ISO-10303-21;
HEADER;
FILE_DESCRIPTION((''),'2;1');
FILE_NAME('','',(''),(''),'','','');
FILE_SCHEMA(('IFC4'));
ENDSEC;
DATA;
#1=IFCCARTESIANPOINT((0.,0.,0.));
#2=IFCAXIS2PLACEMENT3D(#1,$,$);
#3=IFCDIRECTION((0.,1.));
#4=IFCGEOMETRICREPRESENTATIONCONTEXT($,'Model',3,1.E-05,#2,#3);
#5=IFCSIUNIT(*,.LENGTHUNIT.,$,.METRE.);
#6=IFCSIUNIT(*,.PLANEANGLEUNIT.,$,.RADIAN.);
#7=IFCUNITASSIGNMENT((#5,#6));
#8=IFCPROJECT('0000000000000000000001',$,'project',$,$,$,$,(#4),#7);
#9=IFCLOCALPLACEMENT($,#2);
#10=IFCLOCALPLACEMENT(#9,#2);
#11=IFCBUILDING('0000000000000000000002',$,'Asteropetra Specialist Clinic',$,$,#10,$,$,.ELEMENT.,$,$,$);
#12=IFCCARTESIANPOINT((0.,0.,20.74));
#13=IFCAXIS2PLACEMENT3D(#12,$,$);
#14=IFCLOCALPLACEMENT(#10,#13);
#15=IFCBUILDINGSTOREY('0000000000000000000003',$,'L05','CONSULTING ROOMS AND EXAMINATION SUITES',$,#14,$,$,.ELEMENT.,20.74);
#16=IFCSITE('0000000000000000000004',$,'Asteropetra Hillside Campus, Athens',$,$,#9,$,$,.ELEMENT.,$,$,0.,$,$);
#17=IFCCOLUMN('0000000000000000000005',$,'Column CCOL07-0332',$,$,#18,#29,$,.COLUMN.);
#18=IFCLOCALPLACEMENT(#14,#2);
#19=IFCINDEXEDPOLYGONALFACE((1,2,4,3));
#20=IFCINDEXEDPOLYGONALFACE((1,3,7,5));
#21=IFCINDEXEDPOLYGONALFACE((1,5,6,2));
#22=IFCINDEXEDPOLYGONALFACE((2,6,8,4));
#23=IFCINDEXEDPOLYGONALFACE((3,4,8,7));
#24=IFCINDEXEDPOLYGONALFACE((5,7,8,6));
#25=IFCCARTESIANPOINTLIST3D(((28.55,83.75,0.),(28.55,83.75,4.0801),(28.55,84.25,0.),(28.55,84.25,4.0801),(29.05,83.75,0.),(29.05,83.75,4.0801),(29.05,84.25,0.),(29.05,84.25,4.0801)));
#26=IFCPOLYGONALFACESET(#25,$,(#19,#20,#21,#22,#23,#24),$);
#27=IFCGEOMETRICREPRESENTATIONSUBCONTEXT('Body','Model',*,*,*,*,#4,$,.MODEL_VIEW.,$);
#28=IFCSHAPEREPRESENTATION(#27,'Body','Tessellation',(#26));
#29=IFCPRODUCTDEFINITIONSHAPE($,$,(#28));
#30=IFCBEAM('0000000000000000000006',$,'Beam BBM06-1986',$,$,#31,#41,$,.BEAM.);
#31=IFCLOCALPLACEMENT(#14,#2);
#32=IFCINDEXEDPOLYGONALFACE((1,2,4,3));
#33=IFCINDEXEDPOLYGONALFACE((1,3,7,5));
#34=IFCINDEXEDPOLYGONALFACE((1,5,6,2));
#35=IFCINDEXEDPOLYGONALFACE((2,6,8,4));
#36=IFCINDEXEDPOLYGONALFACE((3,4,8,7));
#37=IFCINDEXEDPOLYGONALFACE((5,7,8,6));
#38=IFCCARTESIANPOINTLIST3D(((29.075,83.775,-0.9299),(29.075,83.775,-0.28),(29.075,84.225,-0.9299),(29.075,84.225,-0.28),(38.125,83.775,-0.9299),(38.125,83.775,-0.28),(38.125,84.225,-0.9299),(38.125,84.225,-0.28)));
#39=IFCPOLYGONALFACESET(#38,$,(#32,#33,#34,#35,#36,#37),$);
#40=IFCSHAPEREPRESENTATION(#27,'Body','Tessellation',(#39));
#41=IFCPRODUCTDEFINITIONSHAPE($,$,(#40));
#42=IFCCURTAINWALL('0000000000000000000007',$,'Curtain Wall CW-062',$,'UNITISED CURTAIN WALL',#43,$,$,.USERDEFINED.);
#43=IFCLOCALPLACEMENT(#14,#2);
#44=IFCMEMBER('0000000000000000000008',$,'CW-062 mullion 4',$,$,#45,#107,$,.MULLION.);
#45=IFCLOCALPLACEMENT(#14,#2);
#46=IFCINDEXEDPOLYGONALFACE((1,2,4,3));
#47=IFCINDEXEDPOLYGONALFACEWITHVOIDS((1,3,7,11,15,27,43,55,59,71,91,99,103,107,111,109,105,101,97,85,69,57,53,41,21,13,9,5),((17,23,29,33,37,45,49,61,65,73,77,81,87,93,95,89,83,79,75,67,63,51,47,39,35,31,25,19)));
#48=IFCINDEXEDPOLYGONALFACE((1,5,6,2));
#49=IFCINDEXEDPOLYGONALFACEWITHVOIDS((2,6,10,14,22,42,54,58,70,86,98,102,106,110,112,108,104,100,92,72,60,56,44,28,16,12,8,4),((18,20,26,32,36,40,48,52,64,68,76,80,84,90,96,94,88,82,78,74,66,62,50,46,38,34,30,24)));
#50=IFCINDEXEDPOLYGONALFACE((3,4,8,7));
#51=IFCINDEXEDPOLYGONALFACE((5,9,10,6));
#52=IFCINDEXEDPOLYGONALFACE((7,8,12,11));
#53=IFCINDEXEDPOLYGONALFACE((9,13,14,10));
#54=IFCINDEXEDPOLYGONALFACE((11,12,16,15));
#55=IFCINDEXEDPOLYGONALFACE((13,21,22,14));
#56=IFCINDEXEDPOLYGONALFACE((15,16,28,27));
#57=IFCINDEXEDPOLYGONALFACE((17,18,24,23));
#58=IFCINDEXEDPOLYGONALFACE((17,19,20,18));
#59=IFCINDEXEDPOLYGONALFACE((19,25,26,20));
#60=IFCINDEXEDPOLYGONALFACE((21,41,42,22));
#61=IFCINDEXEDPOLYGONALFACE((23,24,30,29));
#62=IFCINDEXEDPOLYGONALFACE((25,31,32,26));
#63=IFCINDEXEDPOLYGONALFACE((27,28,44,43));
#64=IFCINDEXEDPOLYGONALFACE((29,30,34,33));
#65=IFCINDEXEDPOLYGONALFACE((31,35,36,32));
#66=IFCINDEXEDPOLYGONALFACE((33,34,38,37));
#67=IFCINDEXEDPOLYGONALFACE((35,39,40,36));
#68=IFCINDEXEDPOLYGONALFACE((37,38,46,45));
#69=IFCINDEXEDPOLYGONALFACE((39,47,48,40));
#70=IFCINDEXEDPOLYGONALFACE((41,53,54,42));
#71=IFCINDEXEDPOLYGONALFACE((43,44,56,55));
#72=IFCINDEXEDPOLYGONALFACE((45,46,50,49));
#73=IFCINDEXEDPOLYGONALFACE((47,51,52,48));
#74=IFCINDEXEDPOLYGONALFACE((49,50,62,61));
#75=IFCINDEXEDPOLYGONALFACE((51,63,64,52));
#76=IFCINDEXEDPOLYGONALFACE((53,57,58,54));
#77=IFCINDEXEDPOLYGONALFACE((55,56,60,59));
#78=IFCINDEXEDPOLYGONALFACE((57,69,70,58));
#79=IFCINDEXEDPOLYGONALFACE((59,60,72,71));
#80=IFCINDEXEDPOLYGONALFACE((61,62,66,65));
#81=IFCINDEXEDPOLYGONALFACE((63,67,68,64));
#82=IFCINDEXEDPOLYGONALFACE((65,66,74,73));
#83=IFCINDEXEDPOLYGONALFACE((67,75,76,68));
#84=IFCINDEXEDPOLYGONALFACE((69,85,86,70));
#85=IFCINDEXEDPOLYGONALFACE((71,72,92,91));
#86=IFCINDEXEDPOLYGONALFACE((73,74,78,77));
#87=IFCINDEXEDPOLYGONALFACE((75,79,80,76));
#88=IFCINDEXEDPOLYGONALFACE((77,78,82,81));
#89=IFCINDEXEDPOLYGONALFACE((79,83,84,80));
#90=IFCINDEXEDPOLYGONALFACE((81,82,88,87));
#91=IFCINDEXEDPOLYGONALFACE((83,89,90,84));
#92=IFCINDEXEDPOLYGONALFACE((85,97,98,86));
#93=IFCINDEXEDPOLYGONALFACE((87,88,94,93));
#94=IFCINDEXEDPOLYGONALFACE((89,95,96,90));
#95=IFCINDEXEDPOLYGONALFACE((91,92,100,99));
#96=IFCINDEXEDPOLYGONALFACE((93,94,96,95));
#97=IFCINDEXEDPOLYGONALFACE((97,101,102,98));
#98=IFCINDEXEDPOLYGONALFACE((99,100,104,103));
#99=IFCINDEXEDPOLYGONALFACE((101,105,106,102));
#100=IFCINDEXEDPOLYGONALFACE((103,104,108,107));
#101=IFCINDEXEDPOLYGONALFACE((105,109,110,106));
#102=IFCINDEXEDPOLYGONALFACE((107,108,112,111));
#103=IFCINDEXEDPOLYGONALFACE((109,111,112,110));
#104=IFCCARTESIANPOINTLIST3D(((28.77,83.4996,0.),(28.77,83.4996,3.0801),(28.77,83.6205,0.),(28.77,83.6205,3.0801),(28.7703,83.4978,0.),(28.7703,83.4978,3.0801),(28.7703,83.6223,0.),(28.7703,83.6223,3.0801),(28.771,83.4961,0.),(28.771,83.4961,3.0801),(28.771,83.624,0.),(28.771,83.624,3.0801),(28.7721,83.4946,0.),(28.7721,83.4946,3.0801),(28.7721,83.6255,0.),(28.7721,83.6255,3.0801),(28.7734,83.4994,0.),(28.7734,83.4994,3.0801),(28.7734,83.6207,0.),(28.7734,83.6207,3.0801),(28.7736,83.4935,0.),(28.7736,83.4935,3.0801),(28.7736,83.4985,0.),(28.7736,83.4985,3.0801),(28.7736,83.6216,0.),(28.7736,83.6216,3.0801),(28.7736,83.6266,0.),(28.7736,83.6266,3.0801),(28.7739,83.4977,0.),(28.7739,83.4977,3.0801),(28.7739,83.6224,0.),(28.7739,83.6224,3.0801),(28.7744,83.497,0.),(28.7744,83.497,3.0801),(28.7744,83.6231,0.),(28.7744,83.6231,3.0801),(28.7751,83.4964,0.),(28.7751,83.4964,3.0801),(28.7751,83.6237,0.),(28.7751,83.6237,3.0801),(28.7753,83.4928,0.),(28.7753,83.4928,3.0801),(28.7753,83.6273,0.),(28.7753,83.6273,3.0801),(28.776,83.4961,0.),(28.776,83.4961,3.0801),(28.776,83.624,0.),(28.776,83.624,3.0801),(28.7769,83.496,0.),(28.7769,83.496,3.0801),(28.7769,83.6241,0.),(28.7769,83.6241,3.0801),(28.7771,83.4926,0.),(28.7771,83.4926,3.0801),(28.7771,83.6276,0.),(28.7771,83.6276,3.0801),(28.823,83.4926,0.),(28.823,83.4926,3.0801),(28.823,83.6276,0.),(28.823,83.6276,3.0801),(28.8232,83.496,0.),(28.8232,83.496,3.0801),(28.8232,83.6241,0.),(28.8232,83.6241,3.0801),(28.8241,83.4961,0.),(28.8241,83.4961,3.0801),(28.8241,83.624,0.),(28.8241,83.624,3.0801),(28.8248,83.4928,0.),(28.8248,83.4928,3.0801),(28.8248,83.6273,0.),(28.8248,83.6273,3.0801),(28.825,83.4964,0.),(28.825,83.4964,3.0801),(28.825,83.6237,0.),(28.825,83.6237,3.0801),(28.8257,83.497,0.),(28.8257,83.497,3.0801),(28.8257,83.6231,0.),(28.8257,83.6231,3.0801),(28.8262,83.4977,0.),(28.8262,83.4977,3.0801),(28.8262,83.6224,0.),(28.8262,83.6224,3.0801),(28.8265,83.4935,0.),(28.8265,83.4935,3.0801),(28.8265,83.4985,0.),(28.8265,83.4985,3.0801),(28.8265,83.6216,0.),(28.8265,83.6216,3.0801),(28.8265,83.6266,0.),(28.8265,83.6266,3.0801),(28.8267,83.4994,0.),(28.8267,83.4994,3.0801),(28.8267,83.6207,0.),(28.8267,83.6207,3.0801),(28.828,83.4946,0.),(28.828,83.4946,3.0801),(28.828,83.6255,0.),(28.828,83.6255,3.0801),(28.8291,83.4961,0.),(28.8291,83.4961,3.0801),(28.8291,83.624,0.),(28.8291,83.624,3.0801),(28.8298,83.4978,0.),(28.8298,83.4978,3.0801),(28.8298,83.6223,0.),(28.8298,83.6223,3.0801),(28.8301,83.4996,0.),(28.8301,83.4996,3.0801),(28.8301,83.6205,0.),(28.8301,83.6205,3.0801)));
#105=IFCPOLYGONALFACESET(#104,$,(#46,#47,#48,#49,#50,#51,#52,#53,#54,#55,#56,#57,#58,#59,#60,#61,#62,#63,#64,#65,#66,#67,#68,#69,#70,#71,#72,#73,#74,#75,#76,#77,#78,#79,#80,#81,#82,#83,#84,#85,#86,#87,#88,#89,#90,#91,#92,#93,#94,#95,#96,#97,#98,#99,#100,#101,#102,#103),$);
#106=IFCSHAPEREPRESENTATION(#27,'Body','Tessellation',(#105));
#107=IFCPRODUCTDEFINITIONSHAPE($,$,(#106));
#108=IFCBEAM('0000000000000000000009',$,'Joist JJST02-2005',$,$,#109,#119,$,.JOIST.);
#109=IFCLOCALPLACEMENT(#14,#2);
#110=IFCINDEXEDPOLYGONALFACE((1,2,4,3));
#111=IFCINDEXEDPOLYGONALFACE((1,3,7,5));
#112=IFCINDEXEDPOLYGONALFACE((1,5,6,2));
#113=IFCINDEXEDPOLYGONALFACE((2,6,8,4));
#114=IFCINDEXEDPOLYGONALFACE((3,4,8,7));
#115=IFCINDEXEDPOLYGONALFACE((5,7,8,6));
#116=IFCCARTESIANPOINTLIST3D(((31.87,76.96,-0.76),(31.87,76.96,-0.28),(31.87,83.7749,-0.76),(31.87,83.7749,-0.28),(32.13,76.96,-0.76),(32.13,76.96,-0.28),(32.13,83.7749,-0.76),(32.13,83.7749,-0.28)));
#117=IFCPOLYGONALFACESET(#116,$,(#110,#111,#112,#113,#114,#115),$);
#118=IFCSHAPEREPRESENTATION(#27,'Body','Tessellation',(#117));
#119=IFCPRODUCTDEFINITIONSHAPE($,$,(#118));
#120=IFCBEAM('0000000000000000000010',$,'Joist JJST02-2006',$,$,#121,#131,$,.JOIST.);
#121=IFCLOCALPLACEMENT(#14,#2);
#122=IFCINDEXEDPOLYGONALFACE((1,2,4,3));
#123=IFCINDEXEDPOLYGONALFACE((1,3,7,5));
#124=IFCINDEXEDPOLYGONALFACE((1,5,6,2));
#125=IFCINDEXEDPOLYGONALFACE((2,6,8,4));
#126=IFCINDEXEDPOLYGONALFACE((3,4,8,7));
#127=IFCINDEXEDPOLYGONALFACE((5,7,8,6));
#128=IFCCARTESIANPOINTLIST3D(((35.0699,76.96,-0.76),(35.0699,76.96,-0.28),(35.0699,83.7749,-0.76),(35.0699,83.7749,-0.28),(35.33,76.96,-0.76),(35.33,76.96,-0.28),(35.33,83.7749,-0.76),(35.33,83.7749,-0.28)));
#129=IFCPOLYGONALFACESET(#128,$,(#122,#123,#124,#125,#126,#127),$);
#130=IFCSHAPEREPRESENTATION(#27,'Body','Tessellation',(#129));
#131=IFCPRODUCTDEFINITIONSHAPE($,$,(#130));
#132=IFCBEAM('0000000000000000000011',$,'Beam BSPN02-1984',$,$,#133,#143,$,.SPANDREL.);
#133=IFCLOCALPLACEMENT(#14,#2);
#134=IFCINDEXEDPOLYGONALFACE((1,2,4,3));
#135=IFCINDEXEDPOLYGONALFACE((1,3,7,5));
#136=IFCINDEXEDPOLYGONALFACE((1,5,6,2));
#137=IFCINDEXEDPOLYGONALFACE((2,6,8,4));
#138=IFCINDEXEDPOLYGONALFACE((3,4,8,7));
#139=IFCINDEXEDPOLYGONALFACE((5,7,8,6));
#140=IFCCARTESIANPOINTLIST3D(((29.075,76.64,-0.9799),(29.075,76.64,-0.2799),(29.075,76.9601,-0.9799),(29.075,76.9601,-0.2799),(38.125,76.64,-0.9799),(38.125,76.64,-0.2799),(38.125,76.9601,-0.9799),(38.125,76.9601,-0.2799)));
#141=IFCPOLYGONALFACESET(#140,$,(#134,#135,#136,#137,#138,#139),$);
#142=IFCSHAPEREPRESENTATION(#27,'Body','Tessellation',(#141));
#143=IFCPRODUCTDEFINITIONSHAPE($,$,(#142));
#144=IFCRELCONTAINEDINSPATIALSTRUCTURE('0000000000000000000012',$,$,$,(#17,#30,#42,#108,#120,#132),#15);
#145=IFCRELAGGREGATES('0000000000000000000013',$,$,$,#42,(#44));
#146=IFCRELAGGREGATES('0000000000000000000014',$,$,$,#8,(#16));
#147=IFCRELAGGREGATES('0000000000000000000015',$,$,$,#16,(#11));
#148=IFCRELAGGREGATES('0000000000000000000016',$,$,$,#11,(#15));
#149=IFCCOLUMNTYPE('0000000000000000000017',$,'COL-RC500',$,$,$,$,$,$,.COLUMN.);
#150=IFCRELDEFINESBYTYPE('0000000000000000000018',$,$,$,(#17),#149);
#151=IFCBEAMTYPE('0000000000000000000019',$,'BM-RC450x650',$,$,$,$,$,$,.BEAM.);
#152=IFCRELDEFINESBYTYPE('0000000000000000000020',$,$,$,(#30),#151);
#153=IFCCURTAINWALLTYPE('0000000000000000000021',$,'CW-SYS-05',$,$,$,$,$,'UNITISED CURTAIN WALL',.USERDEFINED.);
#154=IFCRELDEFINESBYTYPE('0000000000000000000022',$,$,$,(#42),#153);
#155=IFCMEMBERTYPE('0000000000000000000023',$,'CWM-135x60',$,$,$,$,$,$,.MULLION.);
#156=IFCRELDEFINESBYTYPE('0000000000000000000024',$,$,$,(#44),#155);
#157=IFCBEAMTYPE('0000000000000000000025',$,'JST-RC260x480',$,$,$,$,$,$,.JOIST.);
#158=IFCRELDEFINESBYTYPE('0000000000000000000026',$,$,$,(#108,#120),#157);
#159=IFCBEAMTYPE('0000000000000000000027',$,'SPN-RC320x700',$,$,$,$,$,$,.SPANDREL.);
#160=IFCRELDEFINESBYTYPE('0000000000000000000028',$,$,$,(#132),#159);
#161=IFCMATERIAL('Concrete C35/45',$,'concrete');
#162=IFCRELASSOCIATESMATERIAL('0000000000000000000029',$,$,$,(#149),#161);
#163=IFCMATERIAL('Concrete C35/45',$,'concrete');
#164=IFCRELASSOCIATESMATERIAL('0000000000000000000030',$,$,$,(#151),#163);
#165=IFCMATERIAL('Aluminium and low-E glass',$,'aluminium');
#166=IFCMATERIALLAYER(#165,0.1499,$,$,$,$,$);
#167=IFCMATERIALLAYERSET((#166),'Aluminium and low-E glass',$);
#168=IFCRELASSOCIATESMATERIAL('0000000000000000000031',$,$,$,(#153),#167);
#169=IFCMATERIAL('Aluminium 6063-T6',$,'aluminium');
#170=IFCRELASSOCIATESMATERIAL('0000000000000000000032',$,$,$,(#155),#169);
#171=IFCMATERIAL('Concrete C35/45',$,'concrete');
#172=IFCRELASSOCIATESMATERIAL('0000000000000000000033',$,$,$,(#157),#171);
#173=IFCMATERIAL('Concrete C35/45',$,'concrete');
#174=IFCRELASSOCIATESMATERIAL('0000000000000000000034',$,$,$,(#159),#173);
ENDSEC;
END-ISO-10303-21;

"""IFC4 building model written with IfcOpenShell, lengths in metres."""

from ifc_helpers import new_model, si_unit, direction, frame, origin, origin_2d, place, context, subcontext, project, spatial, rectangle, hollow_rectangle, extrude, material, layer, layer_set, material_profile, profile_set, type_object, element, aggregate, save


model = new_model("IFC4")

# Units and contexts
model_context = context("Model", 3, precision=1e-05, world=origin(), true_north=direction((0.0, 1.0)))
body_context = subcontext(model_context, "Body", "Model", "MODEL_VIEW")
ifc_project = project(units=[si_unit("LENGTHUNIT", "METRE"), si_unit("PLANEANGLEUNIT", "RADIAN")], contexts=[model_context])

# Site, building, storey
site_placement = place(None, origin())
site = spatial("IfcSite", under=ifc_project, at=site_placement, Name="Asteropetra Hillside Campus, Athens", CompositionType="ELEMENT", RefElevation=0.0)
building_placement = place(site_placement, origin())
building = spatial("IfcBuilding", under=site, at=building_placement, Name="Asteropetra Specialist Clinic", CompositionType="ELEMENT")
storey_placement = place(building_placement, frame((0.0, 0.0, 20.74)))
storey = spatial("IfcBuildingStorey", under=building, at=storey_placement, Name="L05", Description="CONSULTING ROOMS AND EXAMINATION SUITES", CompositionType="ELEMENT", Elevation=20.74)

# Column
ifc_material_1 = material(Name="Concrete C35/45", Category="concrete")
ifc_material_profile_1 = material_profile(ifc_material_1, rectangle(XDim=0.5, YDim=0.5, at=origin_2d()), Name="RC 500x500")
ifc_profile_set_1 = profile_set([ifc_material_profile_1], Name="Concrete C35/45")
column_type = type_object("IfcColumnType", Name="COL-RC500", PredefinedType="COLUMN", material=ifc_profile_set_1)
column_placement = place(storey_placement, frame((28.8, 84.0, 0.0), z_axis=(0.0, 0.0, 1.0), x_axis=(1.0, 0.0, 0.0)))
element("IfcColumn", 1, at=column_placement, inside=storey, type_object=column_type, Name="Column CCOL07-0332", PredefinedType="COLUMN", context=body_context, shape_type="SweptSolid", body=[
    extrude(rectangle(XDim=0.5, YDim=0.5, at=origin_2d()), origin(), (0.0, 0.0, 1.0), 4.0801),
])

# Beam
ifc_material_2 = material(Name="Concrete C35/45", Category="concrete")
ifc_material_profile_2 = material_profile(ifc_material_2, rectangle(XDim=0.45, YDim=0.6499, at=origin_2d()), Name="RCB 450x650")
ifc_profile_set_2 = profile_set([ifc_material_profile_2], Name="Concrete C35/45")
beam_type_1 = type_object("IfcBeamType", Name="BM-RC450x650", PredefinedType="BEAM", material=ifc_profile_set_2)
beam_1_placement = place(storey_placement, frame((29.075, 84.0, -0.605), z_axis=(1.0, 0.0, 0.0), x_axis=(0.0, 1.0, 0.0)))
element("IfcBeam", 2, at=beam_1_placement, inside=storey, type_object=beam_type_1, Name="Beam BBM06-1986", PredefinedType="BEAM", context=body_context, shape_type="SweptSolid", body=[
    extrude(rectangle(XDim=0.45, YDim=0.6499, at=origin_2d()), origin(), (0.0, 0.0, 1.0), 9.05),
])

# Curtain wall, member
ifc_material_3 = material(Name="Aluminium and low-E glass", Category="aluminium")
ifc_layer_1 = layer(ifc_material_3, 0.1499)
ifc_layer_set_1 = layer_set([ifc_layer_1], Name="Aluminium and low-E glass")
curtain_wall_type = type_object("IfcCurtainWallType", Name="CW-SYS-05", ElementType="UNITISED CURTAIN WALL", PredefinedType="USERDEFINED", material=ifc_layer_set_1)
curtain_wall_placement = place(storey_placement, origin())
curtain_wall = element("IfcCurtainWall", 3, at=curtain_wall_placement, inside=storey, type_object=curtain_wall_type, Name="Curtain Wall CW-062", ObjectType="UNITISED CURTAIN WALL", PredefinedType="USERDEFINED")
ifc_material_4 = material(Name="Aluminium 6063-T6", Category="aluminium")
ifc_material_profile_3 = material_profile(ifc_material_4, hollow_rectangle(XDim=0.0601, YDim=0.135, WallThickness=0.0034, InnerFilletRadius=0.0034, OuterFilletRadius=0.0071, at=origin_2d()), Name="MUL 135x60x3.5")
ifc_profile_set_3 = profile_set([ifc_material_profile_3], Name="Aluminium 6063-T6")
member_type = type_object("IfcMemberType", Name="CWM-135x60", PredefinedType="MULLION", material=ifc_profile_set_3)
member_placement = place(storey_placement, frame((28.8, 83.5601, 0.0), z_axis=(0.0, 0.0, 1.0), x_axis=(-1.0, 0.0, 0.0)))
member = element("IfcMember", 4, at=member_placement, type_object=member_type, Name="CW-062 mullion 4", PredefinedType="MULLION", context=body_context, shape_type="SweptSolid", body=[
    extrude(hollow_rectangle(XDim=0.0601, YDim=0.135, WallThickness=0.0034, InnerFilletRadius=0.0034, OuterFilletRadius=0.0071, at=origin_2d()), origin(), (0.0, 0.0, 1.0), 3.0801),
])
aggregate(curtain_wall, [member])

# Beams
ifc_material_5 = material(Name="Concrete C35/45", Category="concrete")
ifc_material_profile_4 = material_profile(ifc_material_5, rectangle(XDim=0.26, YDim=0.48, at=origin_2d()), Name="RCJ 260x480")
ifc_profile_set_4 = profile_set([ifc_material_profile_4], Name="Concrete C35/45")
beam_type_2 = type_object("IfcBeamType", Name="JST-RC260x480", PredefinedType="JOIST", material=ifc_profile_set_4)
for number, where, z_axis, x_axis, name in (
    (5, (32.0, 76.96, -0.52), (0.0, 1.0, 0.0), (-1.0, 0.0, 0.0), "Joist JJST02-2005"),
    (6, (35.2, 76.96, -0.52), (0.0, 1.0, 0.0), (-1.0, 0.0, 0.0), "Joist JJST02-2006"),
):
    element("IfcBeam", number, at=place(storey_placement, frame(where, z_axis=z_axis, x_axis=x_axis)), inside=storey, type_object=beam_type_2, Name=name, PredefinedType="JOIST", context=body_context, shape_type="SweptSolid", body=[
        extrude(rectangle(XDim=0.26, YDim=0.48, at=origin_2d()), origin(), (0.0, 0.0, 1.0), 6.8149),
    ])
ifc_material_6 = material(Name="Concrete C35/45", Category="concrete")
ifc_material_profile_5 = material_profile(ifc_material_6, rectangle(XDim=0.3201, YDim=0.7, at=origin_2d()), Name="RCS 320x700")
ifc_profile_set_5 = profile_set([ifc_material_profile_5], Name="Concrete C35/45")
beam_type_3 = type_object("IfcBeamType", Name="SPN-RC320x700", PredefinedType="SPANDREL", material=ifc_profile_set_5)
beam_2_placement = place(storey_placement, frame((29.075, 76.8, -0.6299), z_axis=(1.0, 0.0, 0.0), x_axis=(0.0, 1.0, 0.0)))
element("IfcBeam", 7, at=beam_2_placement, inside=storey, type_object=beam_type_3, Name="Beam BSPN02-1984", PredefinedType="SPANDREL", context=body_context, shape_type="SweptSolid", body=[
    extrude(rectangle(XDim=0.3201, YDim=0.7, at=origin_2d()), origin(), (0.0, 0.0, 1.0), 9.05),
])

save(model, "model.ifc")
